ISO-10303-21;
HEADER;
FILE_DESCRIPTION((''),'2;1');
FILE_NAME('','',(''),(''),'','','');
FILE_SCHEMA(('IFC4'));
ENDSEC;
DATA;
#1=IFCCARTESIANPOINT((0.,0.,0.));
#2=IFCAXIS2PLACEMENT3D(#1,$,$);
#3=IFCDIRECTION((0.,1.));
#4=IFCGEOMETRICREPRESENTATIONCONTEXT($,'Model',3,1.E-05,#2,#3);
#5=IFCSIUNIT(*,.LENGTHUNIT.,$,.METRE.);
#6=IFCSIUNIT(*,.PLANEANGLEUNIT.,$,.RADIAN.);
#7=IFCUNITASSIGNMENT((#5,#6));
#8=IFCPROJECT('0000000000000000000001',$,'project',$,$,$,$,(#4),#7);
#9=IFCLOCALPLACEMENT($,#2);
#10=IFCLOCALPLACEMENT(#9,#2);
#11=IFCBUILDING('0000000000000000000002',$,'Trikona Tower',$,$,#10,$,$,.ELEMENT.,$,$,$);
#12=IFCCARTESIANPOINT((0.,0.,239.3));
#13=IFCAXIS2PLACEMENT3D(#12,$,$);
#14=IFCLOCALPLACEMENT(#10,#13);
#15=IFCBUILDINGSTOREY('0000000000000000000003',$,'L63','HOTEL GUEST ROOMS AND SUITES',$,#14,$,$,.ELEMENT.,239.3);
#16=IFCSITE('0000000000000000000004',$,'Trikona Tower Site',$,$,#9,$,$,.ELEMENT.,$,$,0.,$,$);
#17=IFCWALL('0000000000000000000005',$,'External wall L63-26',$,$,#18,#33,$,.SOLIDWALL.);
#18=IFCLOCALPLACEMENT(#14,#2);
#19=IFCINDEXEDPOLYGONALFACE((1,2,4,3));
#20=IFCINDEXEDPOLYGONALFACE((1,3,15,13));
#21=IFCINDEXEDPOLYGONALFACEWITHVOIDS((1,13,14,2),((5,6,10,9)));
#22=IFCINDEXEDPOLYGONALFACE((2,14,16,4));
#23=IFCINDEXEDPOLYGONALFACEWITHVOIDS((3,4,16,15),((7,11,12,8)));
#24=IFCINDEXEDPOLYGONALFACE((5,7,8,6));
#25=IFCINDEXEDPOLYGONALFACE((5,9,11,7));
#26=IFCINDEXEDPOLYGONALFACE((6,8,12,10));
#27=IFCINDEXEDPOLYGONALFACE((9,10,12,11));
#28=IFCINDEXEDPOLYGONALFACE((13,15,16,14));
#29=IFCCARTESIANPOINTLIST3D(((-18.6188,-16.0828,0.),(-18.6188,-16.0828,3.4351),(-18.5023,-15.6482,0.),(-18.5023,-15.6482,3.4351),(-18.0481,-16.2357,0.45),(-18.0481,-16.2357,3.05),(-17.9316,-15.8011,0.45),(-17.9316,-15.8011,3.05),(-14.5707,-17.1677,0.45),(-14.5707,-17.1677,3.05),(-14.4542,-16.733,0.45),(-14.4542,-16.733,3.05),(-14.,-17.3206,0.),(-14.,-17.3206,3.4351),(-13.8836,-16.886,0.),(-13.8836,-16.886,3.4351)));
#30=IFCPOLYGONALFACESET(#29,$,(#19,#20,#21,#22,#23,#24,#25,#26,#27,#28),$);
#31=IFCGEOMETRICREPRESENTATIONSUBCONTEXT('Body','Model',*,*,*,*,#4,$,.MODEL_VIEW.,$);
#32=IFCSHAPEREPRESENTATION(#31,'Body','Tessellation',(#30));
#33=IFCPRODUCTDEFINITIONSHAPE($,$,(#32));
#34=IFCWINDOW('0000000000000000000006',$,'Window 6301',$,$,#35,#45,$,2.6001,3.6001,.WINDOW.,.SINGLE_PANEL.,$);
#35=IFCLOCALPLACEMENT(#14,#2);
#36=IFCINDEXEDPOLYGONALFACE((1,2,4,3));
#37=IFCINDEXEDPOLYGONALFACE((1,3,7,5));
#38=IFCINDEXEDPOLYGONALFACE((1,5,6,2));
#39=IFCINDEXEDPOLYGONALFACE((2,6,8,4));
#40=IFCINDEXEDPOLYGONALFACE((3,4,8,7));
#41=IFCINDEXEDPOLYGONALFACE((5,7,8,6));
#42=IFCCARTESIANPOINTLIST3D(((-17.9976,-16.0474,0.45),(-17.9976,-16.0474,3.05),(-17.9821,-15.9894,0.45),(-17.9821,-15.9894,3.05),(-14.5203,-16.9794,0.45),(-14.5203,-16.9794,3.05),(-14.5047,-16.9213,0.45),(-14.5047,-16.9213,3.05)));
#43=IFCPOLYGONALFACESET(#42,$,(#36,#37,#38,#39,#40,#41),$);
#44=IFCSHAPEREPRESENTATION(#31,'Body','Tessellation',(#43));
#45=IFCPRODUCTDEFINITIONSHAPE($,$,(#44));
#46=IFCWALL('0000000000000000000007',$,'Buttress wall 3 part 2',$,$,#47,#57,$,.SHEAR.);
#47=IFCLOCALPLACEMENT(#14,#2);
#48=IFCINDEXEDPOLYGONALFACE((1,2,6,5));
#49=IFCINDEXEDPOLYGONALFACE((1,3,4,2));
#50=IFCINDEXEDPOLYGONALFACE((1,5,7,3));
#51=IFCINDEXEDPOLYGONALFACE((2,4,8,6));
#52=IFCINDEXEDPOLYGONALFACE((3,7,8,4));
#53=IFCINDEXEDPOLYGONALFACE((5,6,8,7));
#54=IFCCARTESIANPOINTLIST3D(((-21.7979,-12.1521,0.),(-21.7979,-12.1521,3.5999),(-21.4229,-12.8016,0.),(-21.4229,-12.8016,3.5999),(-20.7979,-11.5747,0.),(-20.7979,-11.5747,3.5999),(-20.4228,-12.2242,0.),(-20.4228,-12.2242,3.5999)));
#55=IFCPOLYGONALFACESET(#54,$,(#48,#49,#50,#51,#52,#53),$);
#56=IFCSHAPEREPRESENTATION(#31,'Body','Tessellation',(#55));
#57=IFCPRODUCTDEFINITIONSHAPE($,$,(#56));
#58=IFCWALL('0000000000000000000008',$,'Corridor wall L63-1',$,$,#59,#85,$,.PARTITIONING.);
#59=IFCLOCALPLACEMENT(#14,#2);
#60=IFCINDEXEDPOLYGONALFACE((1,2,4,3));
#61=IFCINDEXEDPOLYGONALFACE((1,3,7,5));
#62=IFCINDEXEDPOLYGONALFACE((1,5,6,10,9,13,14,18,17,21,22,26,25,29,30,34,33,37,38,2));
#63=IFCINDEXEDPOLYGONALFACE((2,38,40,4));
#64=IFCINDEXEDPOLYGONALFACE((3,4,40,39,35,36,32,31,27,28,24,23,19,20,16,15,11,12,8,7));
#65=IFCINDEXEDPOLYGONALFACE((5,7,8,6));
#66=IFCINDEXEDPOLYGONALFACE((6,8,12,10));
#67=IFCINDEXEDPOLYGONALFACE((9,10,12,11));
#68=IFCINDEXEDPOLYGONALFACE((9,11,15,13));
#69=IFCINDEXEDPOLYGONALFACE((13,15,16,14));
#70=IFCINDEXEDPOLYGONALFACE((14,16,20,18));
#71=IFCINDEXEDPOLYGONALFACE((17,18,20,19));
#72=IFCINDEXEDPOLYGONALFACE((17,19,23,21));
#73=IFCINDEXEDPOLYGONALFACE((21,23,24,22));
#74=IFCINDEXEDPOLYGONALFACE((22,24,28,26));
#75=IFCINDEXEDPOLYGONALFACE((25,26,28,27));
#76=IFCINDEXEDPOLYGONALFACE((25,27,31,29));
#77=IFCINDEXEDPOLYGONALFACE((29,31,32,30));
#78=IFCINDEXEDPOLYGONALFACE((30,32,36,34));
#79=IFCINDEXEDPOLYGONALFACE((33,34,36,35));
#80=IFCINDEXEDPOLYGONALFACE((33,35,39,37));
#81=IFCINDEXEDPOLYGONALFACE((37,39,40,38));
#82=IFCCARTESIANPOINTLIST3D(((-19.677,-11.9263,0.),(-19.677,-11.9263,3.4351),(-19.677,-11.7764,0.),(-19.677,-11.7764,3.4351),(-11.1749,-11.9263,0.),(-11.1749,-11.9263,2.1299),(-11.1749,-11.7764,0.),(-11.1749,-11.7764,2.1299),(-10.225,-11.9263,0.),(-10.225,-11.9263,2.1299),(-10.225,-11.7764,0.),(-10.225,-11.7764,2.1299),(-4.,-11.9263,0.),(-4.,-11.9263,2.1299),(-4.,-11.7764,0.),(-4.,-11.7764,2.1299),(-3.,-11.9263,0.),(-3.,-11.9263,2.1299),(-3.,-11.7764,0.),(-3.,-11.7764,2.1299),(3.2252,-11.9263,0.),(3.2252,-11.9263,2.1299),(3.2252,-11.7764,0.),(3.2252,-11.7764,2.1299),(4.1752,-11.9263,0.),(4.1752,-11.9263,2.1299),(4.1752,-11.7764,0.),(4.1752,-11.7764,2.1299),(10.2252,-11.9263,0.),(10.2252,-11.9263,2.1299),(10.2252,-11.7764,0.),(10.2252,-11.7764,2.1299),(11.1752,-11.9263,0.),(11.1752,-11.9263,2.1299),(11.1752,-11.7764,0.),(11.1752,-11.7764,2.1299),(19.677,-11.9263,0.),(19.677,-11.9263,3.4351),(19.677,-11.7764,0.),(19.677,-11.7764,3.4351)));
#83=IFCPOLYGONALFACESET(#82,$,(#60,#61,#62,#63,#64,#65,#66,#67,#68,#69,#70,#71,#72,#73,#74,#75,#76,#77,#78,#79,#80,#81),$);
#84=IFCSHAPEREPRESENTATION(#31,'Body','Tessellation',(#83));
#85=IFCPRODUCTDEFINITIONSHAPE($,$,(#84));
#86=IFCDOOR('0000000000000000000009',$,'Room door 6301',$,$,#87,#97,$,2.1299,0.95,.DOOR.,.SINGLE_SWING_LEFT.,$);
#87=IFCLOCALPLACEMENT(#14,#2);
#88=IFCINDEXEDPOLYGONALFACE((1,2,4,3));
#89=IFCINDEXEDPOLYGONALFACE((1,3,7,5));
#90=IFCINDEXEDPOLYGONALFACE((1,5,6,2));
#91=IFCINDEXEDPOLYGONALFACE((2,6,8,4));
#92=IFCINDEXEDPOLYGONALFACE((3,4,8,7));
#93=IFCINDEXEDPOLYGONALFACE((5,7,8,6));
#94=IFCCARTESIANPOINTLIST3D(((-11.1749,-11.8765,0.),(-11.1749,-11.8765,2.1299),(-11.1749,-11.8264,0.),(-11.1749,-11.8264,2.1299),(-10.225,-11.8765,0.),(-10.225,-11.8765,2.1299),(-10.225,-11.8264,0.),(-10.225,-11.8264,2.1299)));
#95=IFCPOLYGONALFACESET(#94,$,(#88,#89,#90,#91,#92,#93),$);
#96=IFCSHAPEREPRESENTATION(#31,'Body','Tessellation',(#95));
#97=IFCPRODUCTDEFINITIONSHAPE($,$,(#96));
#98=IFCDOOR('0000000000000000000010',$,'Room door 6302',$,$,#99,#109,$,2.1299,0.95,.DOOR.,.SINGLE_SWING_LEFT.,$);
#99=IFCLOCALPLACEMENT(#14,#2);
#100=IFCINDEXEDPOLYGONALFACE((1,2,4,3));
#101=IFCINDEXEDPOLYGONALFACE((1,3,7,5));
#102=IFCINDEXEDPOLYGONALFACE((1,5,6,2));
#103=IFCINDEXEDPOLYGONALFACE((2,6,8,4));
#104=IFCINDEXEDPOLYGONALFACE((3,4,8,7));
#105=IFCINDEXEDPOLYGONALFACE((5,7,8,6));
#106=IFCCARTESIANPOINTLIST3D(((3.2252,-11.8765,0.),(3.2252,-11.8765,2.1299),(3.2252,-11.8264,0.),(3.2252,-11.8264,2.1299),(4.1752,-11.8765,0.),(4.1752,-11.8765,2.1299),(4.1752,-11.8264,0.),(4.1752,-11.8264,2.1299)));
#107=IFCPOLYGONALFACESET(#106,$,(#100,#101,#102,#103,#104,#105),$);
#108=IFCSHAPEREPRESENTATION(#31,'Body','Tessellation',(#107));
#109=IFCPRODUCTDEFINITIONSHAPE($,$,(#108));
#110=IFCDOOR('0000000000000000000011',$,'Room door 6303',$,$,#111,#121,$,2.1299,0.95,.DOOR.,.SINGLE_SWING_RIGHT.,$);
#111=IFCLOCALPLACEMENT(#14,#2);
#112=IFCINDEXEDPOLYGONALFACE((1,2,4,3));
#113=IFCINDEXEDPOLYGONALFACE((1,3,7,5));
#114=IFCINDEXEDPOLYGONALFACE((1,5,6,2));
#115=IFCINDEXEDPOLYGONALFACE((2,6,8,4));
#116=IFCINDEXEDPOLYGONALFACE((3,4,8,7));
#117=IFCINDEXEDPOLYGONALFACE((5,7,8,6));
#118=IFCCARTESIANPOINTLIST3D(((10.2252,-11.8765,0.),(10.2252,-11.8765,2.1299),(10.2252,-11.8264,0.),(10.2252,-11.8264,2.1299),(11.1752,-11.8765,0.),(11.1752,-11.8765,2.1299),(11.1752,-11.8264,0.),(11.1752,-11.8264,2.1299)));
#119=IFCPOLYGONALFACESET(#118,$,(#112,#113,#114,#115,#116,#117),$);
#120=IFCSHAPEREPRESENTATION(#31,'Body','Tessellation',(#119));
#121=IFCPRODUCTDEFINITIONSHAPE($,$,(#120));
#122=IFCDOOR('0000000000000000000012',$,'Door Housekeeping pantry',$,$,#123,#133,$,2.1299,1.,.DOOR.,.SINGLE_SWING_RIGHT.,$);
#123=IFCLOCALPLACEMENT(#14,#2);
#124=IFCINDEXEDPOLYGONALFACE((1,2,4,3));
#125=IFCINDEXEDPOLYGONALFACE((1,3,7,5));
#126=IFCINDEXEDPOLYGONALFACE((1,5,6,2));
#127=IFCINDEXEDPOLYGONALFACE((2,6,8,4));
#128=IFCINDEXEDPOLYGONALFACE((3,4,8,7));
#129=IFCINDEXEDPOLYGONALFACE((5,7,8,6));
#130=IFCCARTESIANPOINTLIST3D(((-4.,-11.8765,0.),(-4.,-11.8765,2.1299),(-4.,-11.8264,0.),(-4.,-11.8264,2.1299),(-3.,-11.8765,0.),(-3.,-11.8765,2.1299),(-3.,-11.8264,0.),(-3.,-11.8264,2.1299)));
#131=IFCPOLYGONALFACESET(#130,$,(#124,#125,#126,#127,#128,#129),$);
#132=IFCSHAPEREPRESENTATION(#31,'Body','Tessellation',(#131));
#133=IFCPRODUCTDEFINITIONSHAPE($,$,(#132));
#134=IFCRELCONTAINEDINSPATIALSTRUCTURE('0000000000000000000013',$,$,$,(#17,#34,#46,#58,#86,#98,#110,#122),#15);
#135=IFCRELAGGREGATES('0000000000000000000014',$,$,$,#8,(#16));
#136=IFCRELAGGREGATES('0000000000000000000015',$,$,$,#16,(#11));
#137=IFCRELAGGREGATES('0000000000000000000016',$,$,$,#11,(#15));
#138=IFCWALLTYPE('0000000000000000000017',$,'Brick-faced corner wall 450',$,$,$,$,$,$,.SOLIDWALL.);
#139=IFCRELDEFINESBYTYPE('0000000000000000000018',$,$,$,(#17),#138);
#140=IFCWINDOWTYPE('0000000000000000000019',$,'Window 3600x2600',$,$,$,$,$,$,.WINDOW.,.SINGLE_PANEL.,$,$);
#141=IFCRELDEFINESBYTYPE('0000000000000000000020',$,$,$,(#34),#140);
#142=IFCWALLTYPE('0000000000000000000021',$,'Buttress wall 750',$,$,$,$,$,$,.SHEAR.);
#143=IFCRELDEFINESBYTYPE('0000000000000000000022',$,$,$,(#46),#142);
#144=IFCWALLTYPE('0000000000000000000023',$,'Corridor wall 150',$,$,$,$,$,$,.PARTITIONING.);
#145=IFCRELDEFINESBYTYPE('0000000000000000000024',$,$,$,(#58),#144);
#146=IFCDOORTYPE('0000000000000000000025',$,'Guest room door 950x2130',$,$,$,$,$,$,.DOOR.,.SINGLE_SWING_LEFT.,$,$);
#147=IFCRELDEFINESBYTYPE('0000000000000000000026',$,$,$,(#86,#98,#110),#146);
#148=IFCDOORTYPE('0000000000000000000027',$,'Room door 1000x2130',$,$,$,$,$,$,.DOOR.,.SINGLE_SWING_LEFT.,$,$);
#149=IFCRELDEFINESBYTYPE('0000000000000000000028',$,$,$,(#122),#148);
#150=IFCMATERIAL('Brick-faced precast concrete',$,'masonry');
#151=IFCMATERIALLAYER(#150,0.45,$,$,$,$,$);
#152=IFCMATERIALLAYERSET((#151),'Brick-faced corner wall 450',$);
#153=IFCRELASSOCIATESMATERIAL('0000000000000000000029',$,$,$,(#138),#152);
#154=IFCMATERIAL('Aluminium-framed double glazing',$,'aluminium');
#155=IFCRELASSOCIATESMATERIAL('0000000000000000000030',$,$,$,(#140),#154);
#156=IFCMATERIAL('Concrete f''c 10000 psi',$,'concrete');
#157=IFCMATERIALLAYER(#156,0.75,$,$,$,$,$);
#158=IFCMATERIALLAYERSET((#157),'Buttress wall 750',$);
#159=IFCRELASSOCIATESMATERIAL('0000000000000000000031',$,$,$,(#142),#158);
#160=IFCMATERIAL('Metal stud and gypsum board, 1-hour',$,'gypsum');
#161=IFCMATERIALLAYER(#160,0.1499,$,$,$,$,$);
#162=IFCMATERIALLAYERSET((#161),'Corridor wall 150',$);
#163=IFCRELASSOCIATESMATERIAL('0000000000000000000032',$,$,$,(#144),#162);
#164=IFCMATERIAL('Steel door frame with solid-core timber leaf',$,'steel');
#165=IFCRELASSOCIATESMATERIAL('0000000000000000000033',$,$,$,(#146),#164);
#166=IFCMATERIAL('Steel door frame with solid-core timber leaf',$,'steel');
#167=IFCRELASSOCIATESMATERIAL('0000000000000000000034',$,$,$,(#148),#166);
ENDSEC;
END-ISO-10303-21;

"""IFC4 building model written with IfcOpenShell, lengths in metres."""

from ifc_helpers import new_model, si_unit, direction, frame, frame_2d, origin, place, context, subcontext, project, spatial, rectangle, extrude, material, layer, layer_set, type_object, element, fill, save


model = new_model("IFC4")

# Units and contexts
model_context = context("Model", 3, precision=1e-05, world=origin(), true_north=direction((0.0, 1.0)))
body_context = subcontext(model_context, "Body", "Model", "MODEL_VIEW")
ifc_project = project(units=[si_unit("LENGTHUNIT", "METRE"), si_unit("PLANEANGLEUNIT", "RADIAN")], contexts=[model_context])

# Site, building, storey
site_placement = place(None, origin())
site = spatial("IfcSite", under=ifc_project, at=site_placement, Name="Trikona Tower Site", CompositionType="ELEMENT", RefElevation=0.0)
building_placement = place(site_placement, origin())
building = spatial("IfcBuilding", under=site, at=building_placement, Name="Trikona Tower", CompositionType="ELEMENT")
storey_placement = place(building_placement, frame((0.0, 0.0, 239.3)))
storey = spatial("IfcBuildingStorey", under=building, at=storey_placement, Name="L63", Description="HOTEL GUEST ROOMS AND SUITES", CompositionType="ELEMENT", Elevation=239.3)

# Wall, opening, window
ifc_material_1 = material(Name="Brick-faced precast concrete", Category="masonry")
ifc_layer_1 = layer(ifc_material_1, 0.45)
ifc_layer_set_1 = layer_set([ifc_layer_1], Name="Brick-faced corner wall 450")
wall_type_1 = type_object("IfcWallType", Name="Brick-faced corner wall 450", PredefinedType="SOLIDWALL", material=ifc_layer_set_1)
wall_1_placement = place(storey_placement, frame((-18.5605, -15.8655, 0.0), z_axis=(0.0, 0.0, 1.0), x_axis=(0.965914, -0.258864, 0.0)))
wall_1 = element("IfcWall", 1, at=wall_1_placement, inside=storey, type_object=wall_type_1, Name="External wall L63-26", PredefinedType="SOLIDWALL", context=body_context, shape_type="SweptSolid", body=[
    extrude(rectangle(XDim=4.7817, YDim=0.45, at=frame_2d((2.3909, 0.0))), origin(), (0.0, 0.0, 1.0), 3.4351),
])
opening_1_placement = place(wall_1_placement, frame((0.5908, 0.0, 0.45)))
opening_1 = element("IfcOpeningElement", 2, at=opening_1_placement, cuts=wall_1, PredefinedType="OPENING", context=body_context, shape_type="SweptSolid", body=[
    extrude(rectangle(XDim=3.6001, YDim=2.6001, at=frame_2d((1.8, 1.3))), frame((0.0, 0.2349, 0.0), z_axis=(0.0, -1.0, 0.0), x_axis=(1.0, 0.0, 0.0)), (0.0, 0.0, 1.0), 0.47),
])
ifc_material_2 = material(Name="Aluminium-framed double glazing", Category="aluminium")
window_type_1 = type_object("IfcWindowType", Name="Window 3600x2600", PartitioningType="SINGLE_PANEL", PredefinedType="WINDOW", material=ifc_material_2)
window_1_placement = place(opening_1_placement, origin())
window_1 = element("IfcWindow", 3, at=window_1_placement, inside=storey, type_object=window_type_1, Name="Window 6301", OverallHeight=2.6001, OverallWidth=3.6001, PartitioningType="SINGLE_PANEL", PredefinedType="WINDOW", context=body_context, shape_type="SweptSolid", body=[
    extrude(rectangle(XDim=3.6001, YDim=2.6001, at=frame_2d((1.8, 1.3))), frame((0.0, 0.03, 0.0), z_axis=(0.0, -1.0, 0.0), x_axis=(1.0, 0.0, 0.0)), (0.0, 0.0, 1.0), 0.0601),
])
fill(opening_1, window_1)

# Wall
ifc_material_3 = material(Name="Concrete f'c 10000 psi", Category="concrete")
ifc_layer_2 = layer(ifc_material_3, 0.75)
ifc_layer_set_2 = layer_set([ifc_layer_2], Name="Buttress wall 750")
wall_type_2 = type_object("IfcWallType", Name="Buttress wall 750", PredefinedType="SHEAR", material=ifc_layer_set_2)
wall_2_placement = place(storey_placement, frame((-20.6104, -11.8994, 0.0), z_axis=(0.0, 0.0, 1.0), x_axis=(-0.86601, -0.500027, 0.0)))
element("IfcWall", 4, at=wall_2_placement, inside=storey, type_object=wall_type_2, Name="Buttress wall 3 part 2", PredefinedType="SHEAR", context=body_context, shape_type="SweptSolid", body=[
    extrude(rectangle(XDim=1.1548, YDim=0.75, at=frame_2d((0.5774, 0.0))), origin(), (0.0, 0.0, 1.0), 3.5999),
])

# Wall, openings, doors
ifc_material_4 = material(Name="Metal stud and gypsum board, 1-hour", Category="gypsum")
ifc_layer_3 = layer(ifc_material_4, 0.1499)
ifc_layer_set_3 = layer_set([ifc_layer_3], Name="Corridor wall 150")
wall_type_3 = type_object("IfcWallType", Name="Corridor wall 150", PredefinedType="PARTITIONING", material=ifc_layer_set_3)
wall_3_placement = place(storey_placement, frame((-19.677, -11.8513, 0.0), z_axis=(0.0, 0.0, 1.0), x_axis=(1.0, 0.0, 0.0)))
wall_3 = element("IfcWall", 5, at=wall_3_placement, inside=storey, type_object=wall_type_3, Name="Corridor wall L63-1", PredefinedType="PARTITIONING", context=body_context, shape_type="SweptSolid", body=[
    extrude(rectangle(XDim=39.354, YDim=0.1499, at=frame_2d((19.677, 0.0))), origin(), (0.0, 0.0, 1.0), 3.4351),
])
opening_2_placement = place(wall_3_placement, frame((8.502, 0.0, 0.0)))
opening_2 = element("IfcOpeningElement", 6, at=opening_2_placement, cuts=wall_3, PredefinedType="OPENING", context=body_context, shape_type="SweptSolid", body=[
    extrude(rectangle(XDim=0.95, YDim=2.1299, at=frame_2d((0.4751, 1.0649))), frame((0.0, 0.085, 0.0), z_axis=(0.0, -1.0, 0.0), x_axis=(1.0, 0.0, 0.0)), (0.0, 0.0, 1.0), 0.1699),
])
opening_3_placement = place(wall_3_placement, frame((15.677, 0.0, 0.0)))
opening_3 = element("IfcOpeningElement", 7, at=opening_3_placement, cuts=wall_3, PredefinedType="OPENING", context=body_context, shape_type="SweptSolid", body=[
    extrude(rectangle(XDim=1.0, YDim=2.1299, at=frame_2d((0.5, 1.0649))), frame((0.0, 0.085, 0.0), z_axis=(0.0, -1.0, 0.0), x_axis=(1.0, 0.0, 0.0)), (0.0, 0.0, 1.0), 0.1699),
])
opening_4_placement = place(wall_3_placement, frame((22.9021, 0.0, 0.0)))
opening_4 = element("IfcOpeningElement", 8, at=opening_4_placement, cuts=wall_3, PredefinedType="OPENING", context=body_context, shape_type="SweptSolid", body=[
    extrude(rectangle(XDim=0.95, YDim=2.1299, at=frame_2d((0.4751, 1.0649))), frame((0.0, 0.085, 0.0), z_axis=(0.0, -1.0, 0.0), x_axis=(1.0, 0.0, 0.0)), (0.0, 0.0, 1.0), 0.1699),
])
opening_5_placement = place(wall_3_placement, frame((29.9021, 0.0, 0.0)))
opening_5 = element("IfcOpeningElement", 9, at=opening_5_placement, cuts=wall_3, PredefinedType="OPENING", context=body_context, shape_type="SweptSolid", body=[
    extrude(rectangle(XDim=0.95, YDim=2.1299, at=frame_2d((0.4751, 1.0649))), frame((0.0, 0.085, 0.0), z_axis=(0.0, -1.0, 0.0), x_axis=(1.0, 0.0, 0.0)), (0.0, 0.0, 1.0), 0.1699),
])
ifc_material_5 = material(Name="Steel door frame with solid-core timber leaf", Category="steel")
door_type_1 = type_object("IfcDoorType", Name="Guest room door 950x2130", OperationType="SINGLE_SWING_LEFT", PredefinedType="DOOR", material=ifc_material_5)
door_1_placement = place(opening_2_placement, origin())
door_1 = element("IfcDoor", 10, at=door_1_placement, inside=storey, type_object=door_type_1, Name="Room door 6301", OperationType="SINGLE_SWING_LEFT", OverallHeight=2.1299, OverallWidth=0.95, PredefinedType="DOOR", context=body_context, shape_type="SweptSolid", body=[
    extrude(rectangle(XDim=0.95, YDim=2.1299, at=frame_2d((0.4751, 1.0649))), frame((0.0, 0.0249, 0.0), z_axis=(0.0, -1.0, 0.0), x_axis=(1.0, 0.0, 0.0)), (0.0, 0.0, 1.0), 0.05),
])
fill(opening_2, door_1)
door_2_placement = place(opening_4_placement, origin())
door_2 = element("IfcDoor", 11, at=door_2_placement, inside=storey, type_object=door_type_1, Name="Room door 6302", OperationType="SINGLE_SWING_LEFT", OverallHeight=2.1299, OverallWidth=0.95, PredefinedType="DOOR", context=body_context, shape_type="SweptSolid", body=[
    extrude(rectangle(XDim=0.95, YDim=2.1299, at=frame_2d((0.4751, 1.0649))), frame((0.0, 0.0249, 0.0), z_axis=(0.0, -1.0, 0.0), x_axis=(1.0, 0.0, 0.0)), (0.0, 0.0, 1.0), 0.05),
])
fill(opening_4, door_2)
door_3_placement = place(opening_5_placement, origin())
door_3 = element("IfcDoor", 12, at=door_3_placement, inside=storey, type_object=door_type_1, Name="Room door 6303", OperationType="SINGLE_SWING_RIGHT", OverallHeight=2.1299, OverallWidth=0.95, PredefinedType="DOOR", context=body_context, shape_type="SweptSolid", body=[
    extrude(rectangle(XDim=0.95, YDim=2.1299, at=frame_2d((0.4751, 1.0649))), frame((0.0, 0.0249, 0.0), z_axis=(0.0, -1.0, 0.0), x_axis=(1.0, 0.0, 0.0)), (0.0, 0.0, 1.0), 0.05),
])
fill(opening_5, door_3)
ifc_material_6 = material(Name="Steel door frame with solid-core timber leaf", Category="steel")
door_type_2 = type_object("IfcDoorType", Name="Room door 1000x2130", OperationType="SINGLE_SWING_LEFT", PredefinedType="DOOR", material=ifc_material_6)
door_4_placement = place(opening_3_placement, origin())
door_4 = element("IfcDoor", 13, at=door_4_placement, inside=storey, type_object=door_type_2, Name="Door Housekeeping pantry", OperationType="SINGLE_SWING_RIGHT", OverallHeight=2.1299, OverallWidth=1.0, PredefinedType="DOOR", context=body_context, shape_type="SweptSolid", body=[
    extrude(rectangle(XDim=1.0, YDim=2.1299, at=frame_2d((0.5, 1.0649))), frame((0.0, 0.0249, 0.0), z_axis=(0.0, -1.0, 0.0), x_axis=(1.0, 0.0, 0.0)), (0.0, 0.0, 1.0), 0.05),
])
fill(opening_3, door_4)

save(model, "model.ifc")
